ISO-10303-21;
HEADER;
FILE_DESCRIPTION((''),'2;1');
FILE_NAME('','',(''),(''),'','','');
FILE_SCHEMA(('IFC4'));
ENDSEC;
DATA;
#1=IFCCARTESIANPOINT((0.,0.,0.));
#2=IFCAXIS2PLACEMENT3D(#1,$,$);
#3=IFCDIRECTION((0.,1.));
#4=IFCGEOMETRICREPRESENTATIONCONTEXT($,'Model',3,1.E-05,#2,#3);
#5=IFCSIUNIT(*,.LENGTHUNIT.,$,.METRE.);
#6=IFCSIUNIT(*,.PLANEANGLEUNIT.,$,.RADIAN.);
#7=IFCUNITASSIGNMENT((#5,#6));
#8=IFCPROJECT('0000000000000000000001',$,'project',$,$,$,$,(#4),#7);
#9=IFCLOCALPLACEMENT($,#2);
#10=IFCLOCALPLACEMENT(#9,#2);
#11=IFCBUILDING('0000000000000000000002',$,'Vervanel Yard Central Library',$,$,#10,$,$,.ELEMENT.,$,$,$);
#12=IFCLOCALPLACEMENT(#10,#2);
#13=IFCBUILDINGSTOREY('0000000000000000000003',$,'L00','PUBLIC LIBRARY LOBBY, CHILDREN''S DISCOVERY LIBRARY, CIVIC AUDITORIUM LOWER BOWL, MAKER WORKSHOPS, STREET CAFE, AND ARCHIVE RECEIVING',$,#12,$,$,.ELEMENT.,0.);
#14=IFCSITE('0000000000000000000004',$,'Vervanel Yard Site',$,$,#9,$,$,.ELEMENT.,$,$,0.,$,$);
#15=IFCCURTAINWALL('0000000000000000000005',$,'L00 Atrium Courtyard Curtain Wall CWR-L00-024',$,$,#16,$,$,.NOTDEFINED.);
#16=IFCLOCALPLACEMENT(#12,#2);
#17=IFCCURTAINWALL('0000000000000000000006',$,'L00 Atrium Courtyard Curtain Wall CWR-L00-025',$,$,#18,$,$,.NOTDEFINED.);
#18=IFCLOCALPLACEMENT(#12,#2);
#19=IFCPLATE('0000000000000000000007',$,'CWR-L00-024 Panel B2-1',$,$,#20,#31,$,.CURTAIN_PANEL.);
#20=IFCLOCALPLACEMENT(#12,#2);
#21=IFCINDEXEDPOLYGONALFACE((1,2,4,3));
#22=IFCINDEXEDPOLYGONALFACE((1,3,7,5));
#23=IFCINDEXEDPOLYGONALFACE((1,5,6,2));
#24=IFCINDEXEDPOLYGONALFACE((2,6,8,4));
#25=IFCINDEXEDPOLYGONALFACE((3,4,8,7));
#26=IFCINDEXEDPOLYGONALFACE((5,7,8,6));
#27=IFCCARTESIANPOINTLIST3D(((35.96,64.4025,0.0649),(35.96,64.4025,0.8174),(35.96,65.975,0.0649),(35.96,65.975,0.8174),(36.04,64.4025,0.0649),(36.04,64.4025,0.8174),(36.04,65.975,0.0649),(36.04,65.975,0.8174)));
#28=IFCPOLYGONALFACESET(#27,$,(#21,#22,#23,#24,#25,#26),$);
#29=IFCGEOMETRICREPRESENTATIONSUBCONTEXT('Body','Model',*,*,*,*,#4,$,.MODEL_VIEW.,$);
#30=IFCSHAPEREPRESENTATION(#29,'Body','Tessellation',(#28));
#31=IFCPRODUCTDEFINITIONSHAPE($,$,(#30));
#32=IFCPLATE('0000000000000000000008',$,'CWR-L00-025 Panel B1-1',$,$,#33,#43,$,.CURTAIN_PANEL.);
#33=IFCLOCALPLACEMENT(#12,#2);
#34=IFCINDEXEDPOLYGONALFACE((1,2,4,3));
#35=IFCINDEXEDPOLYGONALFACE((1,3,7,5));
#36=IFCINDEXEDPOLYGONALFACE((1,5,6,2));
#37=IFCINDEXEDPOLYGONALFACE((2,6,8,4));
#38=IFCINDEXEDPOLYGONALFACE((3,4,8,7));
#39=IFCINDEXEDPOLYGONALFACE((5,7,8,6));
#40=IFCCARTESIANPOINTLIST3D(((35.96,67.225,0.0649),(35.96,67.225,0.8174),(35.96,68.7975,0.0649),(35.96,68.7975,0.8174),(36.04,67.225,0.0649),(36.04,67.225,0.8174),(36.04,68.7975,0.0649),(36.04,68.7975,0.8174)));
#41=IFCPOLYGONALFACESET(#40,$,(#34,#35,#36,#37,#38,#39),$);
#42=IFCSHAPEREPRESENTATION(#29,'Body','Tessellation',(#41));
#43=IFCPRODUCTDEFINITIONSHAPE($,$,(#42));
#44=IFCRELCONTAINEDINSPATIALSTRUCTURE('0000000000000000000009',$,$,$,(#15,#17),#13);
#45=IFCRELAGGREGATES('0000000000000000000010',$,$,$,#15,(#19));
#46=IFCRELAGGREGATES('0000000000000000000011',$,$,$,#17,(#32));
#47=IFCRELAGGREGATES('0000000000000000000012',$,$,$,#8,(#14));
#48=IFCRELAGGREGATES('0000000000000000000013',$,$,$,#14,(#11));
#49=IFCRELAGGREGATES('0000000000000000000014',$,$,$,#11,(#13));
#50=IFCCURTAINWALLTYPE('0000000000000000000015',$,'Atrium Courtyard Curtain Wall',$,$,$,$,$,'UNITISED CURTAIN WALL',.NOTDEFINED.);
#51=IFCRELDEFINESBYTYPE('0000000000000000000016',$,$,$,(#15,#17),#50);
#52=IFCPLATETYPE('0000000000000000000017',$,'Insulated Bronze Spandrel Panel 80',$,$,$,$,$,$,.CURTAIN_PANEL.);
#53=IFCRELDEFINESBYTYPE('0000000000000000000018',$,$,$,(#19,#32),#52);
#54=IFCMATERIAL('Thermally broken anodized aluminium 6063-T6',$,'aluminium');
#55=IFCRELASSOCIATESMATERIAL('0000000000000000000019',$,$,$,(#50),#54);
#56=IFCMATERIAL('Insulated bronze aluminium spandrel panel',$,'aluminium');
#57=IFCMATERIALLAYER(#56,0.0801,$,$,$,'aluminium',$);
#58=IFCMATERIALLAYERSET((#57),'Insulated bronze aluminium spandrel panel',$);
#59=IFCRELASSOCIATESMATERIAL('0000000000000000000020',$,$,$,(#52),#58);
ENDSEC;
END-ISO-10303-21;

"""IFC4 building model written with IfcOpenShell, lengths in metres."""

from ifc_helpers import new_model, si_unit, direction, frame, origin, origin_2d, place, context, subcontext, project, spatial, rectangle, extrude, material, layer, layer_set, type_object, element, aggregate, save


model = new_model("IFC4")

# Units and contexts
model_context = context("Model", 3, precision=1e-05, world=origin(), true_north=direction((0.0, 1.0)))
body_context = subcontext(model_context, "Body", "Model", "MODEL_VIEW")
ifc_project = project(units=[si_unit("LENGTHUNIT", "METRE"), si_unit("PLANEANGLEUNIT", "RADIAN")], contexts=[model_context])

# Site, building, storey
site_placement = place(None, origin())
site = spatial("IfcSite", under=ifc_project, at=site_placement, Name="Vervanel Yard Site", CompositionType="ELEMENT", RefElevation=0.0)
building_placement = place(site_placement, origin())
building = spatial("IfcBuilding", under=site, at=building_placement, Name="Vervanel Yard Central Library", CompositionType="ELEMENT")
storey_placement = place(building_placement, origin())
storey = spatial("IfcBuildingStorey", under=building, at=storey_placement, Name="L00", Description="PUBLIC LIBRARY LOBBY, CHILDREN'S DISCOVERY LIBRARY, CIVIC AUDITORIUM LOWER BOWL, MAKER WORKSHOPS, STREET CAFE, AND ARCHIVE RECEIVING", CompositionType="ELEMENT", Elevation=0.0)

# Curtain walls
ifc_material_1 = material(Name="Thermally broken anodized aluminium 6063-T6", Category="aluminium")
curtain_wall_type = type_object("IfcCurtainWallType", Name="Atrium Courtyard Curtain Wall", ElementType="UNITISED CURTAIN WALL", PredefinedType="NOTDEFINED", material=ifc_material_1)
curtain_wall_1_placement = place(storey_placement, origin())
curtain_wall_1 = element("IfcCurtainWall", 1, at=curtain_wall_1_placement, inside=storey, type_object=curtain_wall_type, Name="L00 Atrium Courtyard Curtain Wall CWR-L00-024", PredefinedType="NOTDEFINED")
curtain_wall_2_placement = place(storey_placement, origin())
curtain_wall_2 = element("IfcCurtainWall", 2, at=curtain_wall_2_placement, inside=storey, type_object=curtain_wall_type, Name="L00 Atrium Courtyard Curtain Wall CWR-L00-025", PredefinedType="NOTDEFINED")

# Plates
ifc_material_2 = material(Name="Insulated bronze aluminium spandrel panel", Category="aluminium")
ifc_layer_1 = layer(ifc_material_2, 0.0801, Category="aluminium")
ifc_layer_set_1 = layer_set([ifc_layer_1], Name="Insulated bronze aluminium spandrel panel")
plate_type_1 = type_object("IfcPlateType", Name="Insulated Bronze Spandrel Panel 80", PredefinedType="CURTAIN_PANEL", material=ifc_layer_set_1)
plate_1_placement = place(storey_placement, frame((36.0, 65.1887, 0.0649), z_axis=(0.0, 0.0, 1.0), x_axis=(0.0, 1.0, 0.0)))
plate_1 = element("IfcPlate", 3, at=plate_1_placement, type_object=plate_type_1, Name="CWR-L00-024 Panel B2-1", PredefinedType="CURTAIN_PANEL", context=body_context, shape_type="SweptSolid", body=[
    extrude(rectangle(XDim=1.5725, YDim=0.0801, at=origin_2d()), origin(), (0.0, 0.0, 1.0), 0.7524),
])
aggregate(curtain_wall_1, [plate_1])
plate_2_placement = place(storey_placement, frame((36.0, 68.0112, 0.0649), z_axis=(0.0, 0.0, 1.0), x_axis=(0.0, 1.0, 0.0)))
plate_2 = element("IfcPlate", 4, at=plate_2_placement, type_object=plate_type_1, Name="CWR-L00-025 Panel B1-1", PredefinedType="CURTAIN_PANEL", context=body_context, shape_type="SweptSolid", body=[
    extrude(rectangle(XDim=1.5725, YDim=0.0801, at=origin_2d()), origin(), (0.0, 0.0, 1.0), 0.7524),
])
aggregate(curtain_wall_2, [plate_2])

save(model, "model.ifc")
